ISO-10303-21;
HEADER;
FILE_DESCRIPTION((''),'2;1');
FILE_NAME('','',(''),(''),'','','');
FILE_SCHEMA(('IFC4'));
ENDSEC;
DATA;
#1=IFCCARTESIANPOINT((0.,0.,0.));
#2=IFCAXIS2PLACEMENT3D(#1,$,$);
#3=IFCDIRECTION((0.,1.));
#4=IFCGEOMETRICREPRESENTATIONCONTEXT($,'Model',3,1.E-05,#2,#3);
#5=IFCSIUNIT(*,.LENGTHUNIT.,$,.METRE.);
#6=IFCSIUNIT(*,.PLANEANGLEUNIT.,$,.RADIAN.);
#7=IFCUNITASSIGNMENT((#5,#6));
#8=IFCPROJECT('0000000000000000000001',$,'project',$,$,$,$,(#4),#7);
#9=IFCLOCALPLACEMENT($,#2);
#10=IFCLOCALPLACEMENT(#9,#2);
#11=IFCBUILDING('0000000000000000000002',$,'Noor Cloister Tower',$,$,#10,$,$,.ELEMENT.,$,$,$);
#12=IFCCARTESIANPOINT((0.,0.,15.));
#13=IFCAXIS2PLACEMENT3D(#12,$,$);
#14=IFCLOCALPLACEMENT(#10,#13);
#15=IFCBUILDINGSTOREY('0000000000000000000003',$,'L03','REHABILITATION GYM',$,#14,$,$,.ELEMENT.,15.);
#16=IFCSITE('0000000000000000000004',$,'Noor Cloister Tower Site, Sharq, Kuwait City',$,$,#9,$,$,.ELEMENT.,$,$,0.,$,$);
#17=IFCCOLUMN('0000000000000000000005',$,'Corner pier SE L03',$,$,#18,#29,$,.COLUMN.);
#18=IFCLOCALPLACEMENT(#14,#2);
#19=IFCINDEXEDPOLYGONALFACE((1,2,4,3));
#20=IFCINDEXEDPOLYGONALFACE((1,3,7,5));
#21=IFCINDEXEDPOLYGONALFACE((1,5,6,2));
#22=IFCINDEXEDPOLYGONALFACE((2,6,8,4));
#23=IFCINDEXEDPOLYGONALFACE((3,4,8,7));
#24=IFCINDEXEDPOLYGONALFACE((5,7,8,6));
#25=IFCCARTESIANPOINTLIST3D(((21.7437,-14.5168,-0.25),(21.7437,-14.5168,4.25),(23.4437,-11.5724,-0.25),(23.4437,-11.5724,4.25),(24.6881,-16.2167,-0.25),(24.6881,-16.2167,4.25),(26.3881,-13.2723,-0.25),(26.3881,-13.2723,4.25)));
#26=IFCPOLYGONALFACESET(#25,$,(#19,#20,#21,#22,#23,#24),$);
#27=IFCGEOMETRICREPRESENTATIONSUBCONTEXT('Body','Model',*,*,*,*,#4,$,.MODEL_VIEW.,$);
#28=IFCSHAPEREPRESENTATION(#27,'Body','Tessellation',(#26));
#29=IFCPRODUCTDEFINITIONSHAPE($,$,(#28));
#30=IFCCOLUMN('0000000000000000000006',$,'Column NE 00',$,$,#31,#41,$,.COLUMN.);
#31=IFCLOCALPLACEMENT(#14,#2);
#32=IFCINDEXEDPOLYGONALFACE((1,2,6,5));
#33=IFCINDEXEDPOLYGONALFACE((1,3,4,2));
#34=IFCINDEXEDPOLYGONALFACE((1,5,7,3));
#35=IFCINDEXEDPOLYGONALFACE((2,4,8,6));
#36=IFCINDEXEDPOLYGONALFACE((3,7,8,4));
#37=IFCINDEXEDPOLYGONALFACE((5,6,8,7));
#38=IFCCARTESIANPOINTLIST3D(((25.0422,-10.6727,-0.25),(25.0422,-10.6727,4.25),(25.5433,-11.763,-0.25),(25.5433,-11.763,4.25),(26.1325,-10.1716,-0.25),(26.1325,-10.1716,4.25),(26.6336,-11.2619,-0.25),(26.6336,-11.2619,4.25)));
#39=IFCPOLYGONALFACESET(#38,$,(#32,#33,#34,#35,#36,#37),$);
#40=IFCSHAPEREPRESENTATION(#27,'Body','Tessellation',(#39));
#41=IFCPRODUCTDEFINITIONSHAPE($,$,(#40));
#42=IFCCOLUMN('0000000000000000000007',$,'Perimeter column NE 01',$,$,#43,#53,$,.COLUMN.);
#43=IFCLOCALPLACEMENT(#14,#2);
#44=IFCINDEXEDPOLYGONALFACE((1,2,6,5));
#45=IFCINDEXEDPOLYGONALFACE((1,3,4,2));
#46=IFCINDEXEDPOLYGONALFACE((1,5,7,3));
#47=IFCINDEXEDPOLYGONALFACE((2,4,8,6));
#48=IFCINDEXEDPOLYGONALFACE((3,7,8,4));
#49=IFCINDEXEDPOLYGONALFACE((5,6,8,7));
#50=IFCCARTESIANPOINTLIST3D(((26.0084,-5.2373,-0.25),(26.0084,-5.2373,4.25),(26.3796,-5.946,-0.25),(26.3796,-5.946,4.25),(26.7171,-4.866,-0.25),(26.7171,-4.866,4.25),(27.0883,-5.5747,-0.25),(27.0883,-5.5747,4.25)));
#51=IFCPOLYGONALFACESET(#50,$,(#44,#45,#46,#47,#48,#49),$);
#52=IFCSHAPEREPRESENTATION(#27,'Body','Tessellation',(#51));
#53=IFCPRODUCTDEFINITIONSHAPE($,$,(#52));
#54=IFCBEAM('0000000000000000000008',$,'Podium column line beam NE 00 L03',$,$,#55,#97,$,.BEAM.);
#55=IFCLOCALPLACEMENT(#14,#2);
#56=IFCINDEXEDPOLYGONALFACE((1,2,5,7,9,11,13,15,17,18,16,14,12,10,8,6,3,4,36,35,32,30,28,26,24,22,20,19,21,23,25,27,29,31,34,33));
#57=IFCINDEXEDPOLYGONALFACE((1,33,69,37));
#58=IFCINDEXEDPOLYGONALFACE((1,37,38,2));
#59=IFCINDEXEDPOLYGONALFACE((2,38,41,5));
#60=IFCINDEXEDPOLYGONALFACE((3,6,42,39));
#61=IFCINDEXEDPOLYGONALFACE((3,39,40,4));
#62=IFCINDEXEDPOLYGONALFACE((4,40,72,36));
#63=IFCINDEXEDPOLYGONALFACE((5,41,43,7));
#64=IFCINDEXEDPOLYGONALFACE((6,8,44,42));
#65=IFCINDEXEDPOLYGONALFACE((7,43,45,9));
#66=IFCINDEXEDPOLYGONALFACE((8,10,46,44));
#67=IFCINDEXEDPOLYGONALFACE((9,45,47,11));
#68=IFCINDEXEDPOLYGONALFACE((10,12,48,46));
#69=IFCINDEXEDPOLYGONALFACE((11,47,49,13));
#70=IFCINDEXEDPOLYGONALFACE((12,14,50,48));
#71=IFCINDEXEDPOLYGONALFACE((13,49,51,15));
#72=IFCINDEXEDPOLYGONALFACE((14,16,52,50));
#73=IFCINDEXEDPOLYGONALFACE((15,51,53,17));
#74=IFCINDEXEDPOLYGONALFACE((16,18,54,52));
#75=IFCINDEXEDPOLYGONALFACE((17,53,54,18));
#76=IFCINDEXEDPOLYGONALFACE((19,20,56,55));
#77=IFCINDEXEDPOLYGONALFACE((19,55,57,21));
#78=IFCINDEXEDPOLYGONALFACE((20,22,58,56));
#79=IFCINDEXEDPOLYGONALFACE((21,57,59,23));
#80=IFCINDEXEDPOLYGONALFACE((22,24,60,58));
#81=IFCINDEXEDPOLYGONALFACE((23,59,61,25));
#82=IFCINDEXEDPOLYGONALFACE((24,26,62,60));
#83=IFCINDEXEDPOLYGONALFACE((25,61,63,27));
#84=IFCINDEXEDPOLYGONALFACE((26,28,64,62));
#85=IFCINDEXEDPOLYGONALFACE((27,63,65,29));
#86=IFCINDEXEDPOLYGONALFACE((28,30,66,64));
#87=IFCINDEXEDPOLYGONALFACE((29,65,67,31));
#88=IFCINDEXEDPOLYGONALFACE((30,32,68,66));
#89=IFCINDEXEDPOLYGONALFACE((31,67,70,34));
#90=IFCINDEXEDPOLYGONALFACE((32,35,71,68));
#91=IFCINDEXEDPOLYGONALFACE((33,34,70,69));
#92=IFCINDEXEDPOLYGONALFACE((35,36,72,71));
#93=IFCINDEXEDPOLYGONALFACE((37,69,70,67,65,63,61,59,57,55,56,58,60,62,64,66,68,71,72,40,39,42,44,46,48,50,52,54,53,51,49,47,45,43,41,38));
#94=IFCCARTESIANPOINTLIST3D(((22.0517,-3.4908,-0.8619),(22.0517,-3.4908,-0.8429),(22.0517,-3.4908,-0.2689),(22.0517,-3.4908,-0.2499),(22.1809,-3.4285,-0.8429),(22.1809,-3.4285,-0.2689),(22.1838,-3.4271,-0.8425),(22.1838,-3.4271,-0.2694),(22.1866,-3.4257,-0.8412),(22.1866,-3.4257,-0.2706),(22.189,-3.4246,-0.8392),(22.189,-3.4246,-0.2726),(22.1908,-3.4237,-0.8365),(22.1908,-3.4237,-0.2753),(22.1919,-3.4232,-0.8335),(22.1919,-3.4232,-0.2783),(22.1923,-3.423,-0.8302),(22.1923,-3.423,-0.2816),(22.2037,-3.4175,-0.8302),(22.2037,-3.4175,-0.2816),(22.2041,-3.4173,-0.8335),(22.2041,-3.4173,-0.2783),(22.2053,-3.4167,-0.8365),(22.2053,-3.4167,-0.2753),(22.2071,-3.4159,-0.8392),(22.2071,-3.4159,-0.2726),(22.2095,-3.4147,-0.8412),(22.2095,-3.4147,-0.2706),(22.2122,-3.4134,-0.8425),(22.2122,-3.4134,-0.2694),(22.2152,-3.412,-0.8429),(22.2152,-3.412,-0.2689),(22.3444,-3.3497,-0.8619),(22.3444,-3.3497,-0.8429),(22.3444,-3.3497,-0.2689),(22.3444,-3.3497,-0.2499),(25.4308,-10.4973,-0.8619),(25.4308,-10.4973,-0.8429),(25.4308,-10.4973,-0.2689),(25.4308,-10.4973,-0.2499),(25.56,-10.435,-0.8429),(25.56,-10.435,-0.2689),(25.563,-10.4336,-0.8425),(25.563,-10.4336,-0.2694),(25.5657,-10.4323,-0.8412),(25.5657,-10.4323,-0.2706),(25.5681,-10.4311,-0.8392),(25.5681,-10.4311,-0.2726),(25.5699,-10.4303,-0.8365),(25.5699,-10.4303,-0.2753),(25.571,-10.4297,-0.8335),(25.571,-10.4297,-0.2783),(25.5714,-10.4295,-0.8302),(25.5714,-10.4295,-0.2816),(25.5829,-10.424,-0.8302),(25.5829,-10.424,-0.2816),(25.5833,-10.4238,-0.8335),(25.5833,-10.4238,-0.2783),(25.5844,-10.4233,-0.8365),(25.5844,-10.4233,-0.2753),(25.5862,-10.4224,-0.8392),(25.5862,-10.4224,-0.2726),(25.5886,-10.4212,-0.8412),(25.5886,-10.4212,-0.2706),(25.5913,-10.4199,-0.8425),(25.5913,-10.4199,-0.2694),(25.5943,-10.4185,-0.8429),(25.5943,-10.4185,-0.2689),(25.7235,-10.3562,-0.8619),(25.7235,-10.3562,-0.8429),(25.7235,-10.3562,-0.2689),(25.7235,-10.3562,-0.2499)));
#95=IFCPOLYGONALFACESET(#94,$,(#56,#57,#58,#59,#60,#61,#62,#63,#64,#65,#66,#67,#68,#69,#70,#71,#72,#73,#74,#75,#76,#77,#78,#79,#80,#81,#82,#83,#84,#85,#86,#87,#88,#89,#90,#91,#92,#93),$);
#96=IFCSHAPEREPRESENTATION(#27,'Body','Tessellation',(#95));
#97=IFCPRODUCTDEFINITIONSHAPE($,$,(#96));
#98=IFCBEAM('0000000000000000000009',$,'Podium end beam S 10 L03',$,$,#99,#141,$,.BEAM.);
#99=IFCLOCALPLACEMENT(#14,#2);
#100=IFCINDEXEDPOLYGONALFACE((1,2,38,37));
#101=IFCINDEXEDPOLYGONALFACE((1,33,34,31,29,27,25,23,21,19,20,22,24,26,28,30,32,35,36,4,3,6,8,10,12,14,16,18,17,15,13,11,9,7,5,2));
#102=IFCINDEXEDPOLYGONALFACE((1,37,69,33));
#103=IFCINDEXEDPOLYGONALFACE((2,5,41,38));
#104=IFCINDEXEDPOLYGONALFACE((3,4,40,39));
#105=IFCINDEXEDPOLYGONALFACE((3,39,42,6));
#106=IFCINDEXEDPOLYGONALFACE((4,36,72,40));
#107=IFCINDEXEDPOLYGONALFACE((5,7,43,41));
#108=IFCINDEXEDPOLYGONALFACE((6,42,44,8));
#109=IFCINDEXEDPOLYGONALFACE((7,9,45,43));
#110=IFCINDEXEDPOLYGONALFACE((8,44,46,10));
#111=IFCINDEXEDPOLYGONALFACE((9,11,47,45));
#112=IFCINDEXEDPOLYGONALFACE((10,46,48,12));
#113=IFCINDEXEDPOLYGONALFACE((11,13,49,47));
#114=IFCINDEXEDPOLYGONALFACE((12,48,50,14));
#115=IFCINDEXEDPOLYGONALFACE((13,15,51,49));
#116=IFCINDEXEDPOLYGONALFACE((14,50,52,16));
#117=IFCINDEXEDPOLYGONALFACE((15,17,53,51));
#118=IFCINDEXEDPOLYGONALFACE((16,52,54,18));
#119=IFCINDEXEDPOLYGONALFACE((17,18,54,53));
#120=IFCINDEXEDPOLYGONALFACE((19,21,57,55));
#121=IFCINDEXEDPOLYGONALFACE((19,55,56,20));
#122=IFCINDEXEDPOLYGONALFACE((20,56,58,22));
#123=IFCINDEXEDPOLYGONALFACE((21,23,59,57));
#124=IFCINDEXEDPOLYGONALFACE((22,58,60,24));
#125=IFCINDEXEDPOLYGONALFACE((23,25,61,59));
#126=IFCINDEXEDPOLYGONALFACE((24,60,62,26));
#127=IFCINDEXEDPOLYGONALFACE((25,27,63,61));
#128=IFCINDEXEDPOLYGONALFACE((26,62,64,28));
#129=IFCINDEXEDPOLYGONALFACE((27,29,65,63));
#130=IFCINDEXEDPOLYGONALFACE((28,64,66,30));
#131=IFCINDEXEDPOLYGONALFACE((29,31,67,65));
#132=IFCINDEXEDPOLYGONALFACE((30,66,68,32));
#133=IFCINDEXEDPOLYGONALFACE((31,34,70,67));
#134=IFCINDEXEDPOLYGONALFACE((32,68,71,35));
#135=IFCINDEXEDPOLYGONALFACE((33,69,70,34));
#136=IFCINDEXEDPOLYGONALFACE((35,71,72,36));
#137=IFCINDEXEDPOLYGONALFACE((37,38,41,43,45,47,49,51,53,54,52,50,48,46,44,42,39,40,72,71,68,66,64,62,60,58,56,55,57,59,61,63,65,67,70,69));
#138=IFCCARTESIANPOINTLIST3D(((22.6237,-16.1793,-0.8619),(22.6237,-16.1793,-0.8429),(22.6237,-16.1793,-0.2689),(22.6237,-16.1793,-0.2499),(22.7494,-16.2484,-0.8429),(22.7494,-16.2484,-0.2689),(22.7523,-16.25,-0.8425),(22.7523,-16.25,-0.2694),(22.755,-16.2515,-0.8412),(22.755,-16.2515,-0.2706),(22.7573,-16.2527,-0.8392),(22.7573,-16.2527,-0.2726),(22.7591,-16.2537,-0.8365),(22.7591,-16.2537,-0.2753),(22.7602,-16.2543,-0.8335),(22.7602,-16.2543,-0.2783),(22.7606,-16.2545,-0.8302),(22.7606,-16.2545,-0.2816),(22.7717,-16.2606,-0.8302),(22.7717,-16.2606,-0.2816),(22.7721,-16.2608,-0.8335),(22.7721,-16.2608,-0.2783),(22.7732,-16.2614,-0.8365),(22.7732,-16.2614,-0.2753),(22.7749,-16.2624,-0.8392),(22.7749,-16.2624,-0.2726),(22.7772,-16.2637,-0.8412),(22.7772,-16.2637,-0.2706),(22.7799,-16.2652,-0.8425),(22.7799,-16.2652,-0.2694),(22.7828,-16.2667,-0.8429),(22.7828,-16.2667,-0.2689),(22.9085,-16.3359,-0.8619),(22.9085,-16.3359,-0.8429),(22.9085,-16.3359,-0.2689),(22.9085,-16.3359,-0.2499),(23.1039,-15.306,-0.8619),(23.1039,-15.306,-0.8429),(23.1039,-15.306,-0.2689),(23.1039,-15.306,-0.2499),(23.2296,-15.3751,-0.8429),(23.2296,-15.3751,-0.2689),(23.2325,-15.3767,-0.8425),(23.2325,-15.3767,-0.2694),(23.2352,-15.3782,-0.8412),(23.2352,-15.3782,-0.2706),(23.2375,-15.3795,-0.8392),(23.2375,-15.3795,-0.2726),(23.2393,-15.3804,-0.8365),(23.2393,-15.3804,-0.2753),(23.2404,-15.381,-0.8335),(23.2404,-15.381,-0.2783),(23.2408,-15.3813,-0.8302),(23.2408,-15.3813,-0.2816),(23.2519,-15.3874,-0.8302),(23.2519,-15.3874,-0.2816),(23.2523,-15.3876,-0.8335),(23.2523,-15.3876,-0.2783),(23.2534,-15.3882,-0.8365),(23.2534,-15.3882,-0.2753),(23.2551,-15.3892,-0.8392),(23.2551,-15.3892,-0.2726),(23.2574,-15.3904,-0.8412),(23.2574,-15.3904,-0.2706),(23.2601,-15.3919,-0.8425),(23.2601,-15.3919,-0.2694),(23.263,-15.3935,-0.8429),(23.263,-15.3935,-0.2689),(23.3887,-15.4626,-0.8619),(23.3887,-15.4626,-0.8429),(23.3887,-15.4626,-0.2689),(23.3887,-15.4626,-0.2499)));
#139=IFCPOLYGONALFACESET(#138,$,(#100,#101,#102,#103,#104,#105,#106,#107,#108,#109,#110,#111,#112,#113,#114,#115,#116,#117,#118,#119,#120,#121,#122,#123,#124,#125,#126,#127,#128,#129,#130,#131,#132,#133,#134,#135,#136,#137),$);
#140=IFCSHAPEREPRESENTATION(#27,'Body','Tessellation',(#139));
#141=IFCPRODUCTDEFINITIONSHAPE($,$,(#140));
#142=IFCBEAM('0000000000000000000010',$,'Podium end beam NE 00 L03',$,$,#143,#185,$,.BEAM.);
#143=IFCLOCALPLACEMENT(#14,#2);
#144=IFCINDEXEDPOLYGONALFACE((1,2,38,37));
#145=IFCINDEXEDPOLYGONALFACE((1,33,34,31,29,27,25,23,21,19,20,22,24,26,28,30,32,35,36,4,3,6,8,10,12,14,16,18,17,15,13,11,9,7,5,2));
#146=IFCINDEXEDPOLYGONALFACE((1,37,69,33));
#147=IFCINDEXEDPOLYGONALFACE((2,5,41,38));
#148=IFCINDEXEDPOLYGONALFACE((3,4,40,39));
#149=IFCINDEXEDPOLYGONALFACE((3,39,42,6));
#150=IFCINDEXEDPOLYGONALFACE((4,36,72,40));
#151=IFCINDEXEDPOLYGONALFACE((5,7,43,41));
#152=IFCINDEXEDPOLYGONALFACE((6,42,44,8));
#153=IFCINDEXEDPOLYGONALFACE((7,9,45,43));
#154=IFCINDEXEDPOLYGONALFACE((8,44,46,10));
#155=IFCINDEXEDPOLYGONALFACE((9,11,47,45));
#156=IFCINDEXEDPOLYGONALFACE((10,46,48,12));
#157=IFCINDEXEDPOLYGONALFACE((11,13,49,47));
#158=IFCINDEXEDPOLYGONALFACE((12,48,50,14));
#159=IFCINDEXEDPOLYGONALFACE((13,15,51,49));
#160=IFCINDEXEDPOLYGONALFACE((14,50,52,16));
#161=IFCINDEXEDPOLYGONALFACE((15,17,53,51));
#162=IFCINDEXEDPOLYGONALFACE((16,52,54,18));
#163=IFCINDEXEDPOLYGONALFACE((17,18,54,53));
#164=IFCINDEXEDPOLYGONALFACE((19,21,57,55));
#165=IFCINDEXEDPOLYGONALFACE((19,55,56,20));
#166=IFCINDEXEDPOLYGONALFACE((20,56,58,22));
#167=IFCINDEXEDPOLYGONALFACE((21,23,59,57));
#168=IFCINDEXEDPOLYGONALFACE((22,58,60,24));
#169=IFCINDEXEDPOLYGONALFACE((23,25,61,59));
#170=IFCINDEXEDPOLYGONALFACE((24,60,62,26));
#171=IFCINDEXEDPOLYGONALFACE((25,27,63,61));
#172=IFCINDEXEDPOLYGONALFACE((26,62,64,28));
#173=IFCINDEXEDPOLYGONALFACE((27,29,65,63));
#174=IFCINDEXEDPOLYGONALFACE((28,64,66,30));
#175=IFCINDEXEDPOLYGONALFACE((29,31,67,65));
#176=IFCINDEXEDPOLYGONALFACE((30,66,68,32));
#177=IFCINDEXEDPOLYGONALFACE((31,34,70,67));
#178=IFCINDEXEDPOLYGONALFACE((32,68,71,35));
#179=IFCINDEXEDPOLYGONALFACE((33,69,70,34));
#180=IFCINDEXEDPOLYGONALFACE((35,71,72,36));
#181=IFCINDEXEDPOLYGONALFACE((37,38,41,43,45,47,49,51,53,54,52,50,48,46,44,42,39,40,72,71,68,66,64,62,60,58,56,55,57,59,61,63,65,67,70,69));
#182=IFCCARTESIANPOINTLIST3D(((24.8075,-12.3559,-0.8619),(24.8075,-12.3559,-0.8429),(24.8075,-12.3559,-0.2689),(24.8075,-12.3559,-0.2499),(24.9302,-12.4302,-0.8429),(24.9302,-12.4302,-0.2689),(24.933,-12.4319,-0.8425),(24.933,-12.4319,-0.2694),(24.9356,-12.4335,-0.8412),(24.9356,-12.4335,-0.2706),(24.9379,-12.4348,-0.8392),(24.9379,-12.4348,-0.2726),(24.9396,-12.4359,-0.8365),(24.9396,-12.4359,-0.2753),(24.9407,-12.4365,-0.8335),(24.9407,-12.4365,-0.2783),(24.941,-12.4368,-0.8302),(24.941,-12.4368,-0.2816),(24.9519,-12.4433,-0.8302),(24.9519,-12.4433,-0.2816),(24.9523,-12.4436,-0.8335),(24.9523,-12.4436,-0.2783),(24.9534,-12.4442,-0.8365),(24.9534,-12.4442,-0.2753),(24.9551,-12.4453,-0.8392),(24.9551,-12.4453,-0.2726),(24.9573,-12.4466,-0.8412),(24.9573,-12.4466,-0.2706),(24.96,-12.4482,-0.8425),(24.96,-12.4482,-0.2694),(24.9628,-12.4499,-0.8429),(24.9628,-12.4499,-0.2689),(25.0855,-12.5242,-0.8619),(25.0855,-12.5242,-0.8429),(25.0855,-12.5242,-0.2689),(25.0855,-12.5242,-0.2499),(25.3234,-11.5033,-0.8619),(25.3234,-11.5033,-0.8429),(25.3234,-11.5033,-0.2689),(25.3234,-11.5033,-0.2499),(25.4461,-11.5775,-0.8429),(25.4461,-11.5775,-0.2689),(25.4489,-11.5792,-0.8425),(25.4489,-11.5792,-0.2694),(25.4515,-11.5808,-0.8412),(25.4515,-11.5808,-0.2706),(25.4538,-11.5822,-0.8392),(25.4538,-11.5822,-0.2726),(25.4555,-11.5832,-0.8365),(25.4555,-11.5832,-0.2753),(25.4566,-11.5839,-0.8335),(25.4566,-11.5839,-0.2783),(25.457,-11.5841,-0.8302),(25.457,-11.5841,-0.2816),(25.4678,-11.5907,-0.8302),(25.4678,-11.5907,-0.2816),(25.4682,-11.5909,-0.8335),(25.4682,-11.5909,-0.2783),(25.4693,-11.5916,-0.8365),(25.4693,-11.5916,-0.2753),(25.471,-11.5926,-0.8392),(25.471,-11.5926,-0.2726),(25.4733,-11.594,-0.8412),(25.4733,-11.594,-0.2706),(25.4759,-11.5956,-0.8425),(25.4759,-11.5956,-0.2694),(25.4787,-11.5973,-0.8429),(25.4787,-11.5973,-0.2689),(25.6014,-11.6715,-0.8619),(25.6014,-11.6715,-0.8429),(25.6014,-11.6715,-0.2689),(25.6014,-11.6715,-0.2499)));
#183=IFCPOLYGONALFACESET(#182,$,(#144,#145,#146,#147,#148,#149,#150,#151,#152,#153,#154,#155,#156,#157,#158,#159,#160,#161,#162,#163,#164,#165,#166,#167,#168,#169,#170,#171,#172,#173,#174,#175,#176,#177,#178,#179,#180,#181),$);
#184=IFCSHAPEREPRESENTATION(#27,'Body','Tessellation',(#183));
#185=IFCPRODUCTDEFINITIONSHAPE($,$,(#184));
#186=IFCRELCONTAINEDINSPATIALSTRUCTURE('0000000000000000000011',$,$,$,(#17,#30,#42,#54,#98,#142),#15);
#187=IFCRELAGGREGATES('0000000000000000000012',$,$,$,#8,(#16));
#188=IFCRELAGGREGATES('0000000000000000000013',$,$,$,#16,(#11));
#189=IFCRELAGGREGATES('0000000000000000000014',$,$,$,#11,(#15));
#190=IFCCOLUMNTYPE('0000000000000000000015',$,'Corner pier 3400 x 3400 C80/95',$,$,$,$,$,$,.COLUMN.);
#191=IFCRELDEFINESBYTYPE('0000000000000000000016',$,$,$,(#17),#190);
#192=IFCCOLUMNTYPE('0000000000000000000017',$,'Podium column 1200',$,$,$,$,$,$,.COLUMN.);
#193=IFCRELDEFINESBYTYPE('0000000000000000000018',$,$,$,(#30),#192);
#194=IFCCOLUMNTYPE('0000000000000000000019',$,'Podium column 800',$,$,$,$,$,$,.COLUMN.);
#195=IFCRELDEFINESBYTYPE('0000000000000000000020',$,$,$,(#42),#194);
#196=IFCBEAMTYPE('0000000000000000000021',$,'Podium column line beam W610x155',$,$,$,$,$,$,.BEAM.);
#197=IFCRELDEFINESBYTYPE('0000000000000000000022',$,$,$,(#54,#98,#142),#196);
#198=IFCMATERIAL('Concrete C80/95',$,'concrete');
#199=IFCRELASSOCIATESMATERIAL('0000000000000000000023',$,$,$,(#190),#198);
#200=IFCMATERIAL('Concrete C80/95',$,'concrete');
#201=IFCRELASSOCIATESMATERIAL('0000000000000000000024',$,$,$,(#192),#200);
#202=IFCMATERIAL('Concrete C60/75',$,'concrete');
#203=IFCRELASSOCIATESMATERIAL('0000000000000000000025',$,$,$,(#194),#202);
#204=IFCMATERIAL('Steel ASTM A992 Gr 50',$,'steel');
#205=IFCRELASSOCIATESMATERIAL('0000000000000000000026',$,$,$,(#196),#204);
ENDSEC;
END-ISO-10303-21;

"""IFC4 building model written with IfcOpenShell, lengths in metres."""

from ifc_helpers import new_model, si_unit, direction, frame, origin, origin_2d, place, context, subcontext, project, spatial, rectangle, i_section, extrude, material, material_profile, profile_set, type_object, element, save


model = new_model("IFC4")

# Units and contexts
model_context = context("Model", 3, precision=1e-05, world=origin(), true_north=direction((0.0, 1.0)))
body_context = subcontext(model_context, "Body", "Model", "MODEL_VIEW")
ifc_project = project(units=[si_unit("LENGTHUNIT", "METRE"), si_unit("PLANEANGLEUNIT", "RADIAN")], contexts=[model_context])

# Site, building, storey
site_placement = place(None, origin())
site = spatial("IfcSite", under=ifc_project, at=site_placement, Name="Noor Cloister Tower Site, Sharq, Kuwait City", CompositionType="ELEMENT", RefElevation=0.0)
building_placement = place(site_placement, origin())
building = spatial("IfcBuilding", under=site, at=building_placement, Name="Noor Cloister Tower", CompositionType="ELEMENT")
storey_placement = place(building_placement, frame((0.0, 0.0, 15.0)))
storey = spatial("IfcBuildingStorey", under=building, at=storey_placement, Name="L03", Description="REHABILITATION GYM", CompositionType="ELEMENT", Elevation=15.0)

# Columns
ifc_material_1 = material(Name="Concrete C80/95", Category="concrete")
ifc_material_profile_1 = material_profile(ifc_material_1, rectangle(XDim=3.3999, YDim=3.3999, at=origin_2d()), Name="RC 3400x3400")
ifc_profile_set_1 = profile_set([ifc_material_profile_1], Name="Concrete C80/95")
column_type_1 = type_object("IfcColumnType", Name="Corner pier 3400 x 3400 C80/95", PredefinedType="COLUMN", material=ifc_profile_set_1)
column_1_placement = place(storey_placement, frame((24.0659, -13.8945, -0.25), z_axis=(0.0, 0.0, 1.0), x_axis=(0.866025, -0.5, 0.0)))
element("IfcColumn", 1, at=column_1_placement, inside=storey, type_object=column_type_1, Name="Corner pier SE L03", PredefinedType="COLUMN", context=body_context, shape_type="SweptSolid", body=[
    extrude(rectangle(XDim=3.3999, YDim=3.3999, at=origin_2d()), origin(), (0.0, 0.0, 1.0), 4.5),
])
ifc_material_2 = material(Name="Concrete C80/95", Category="concrete")
ifc_material_profile_2 = material_profile(ifc_material_2, rectangle(XDim=1.2, YDim=1.2, at=origin_2d()), Name="Podium column 1200")
ifc_profile_set_2 = profile_set([ifc_material_profile_2], Name="Concrete C80/95")
column_type_2 = type_object("IfcColumnType", Name="Podium column 1200", PredefinedType="COLUMN", material=ifc_profile_set_2)
column_2_placement = place(storey_placement, frame((25.8379, -10.9673, -0.25), z_axis=(0.0, 0.0, 1.0), x_axis=(0.90862, 0.417624, 0.0)))
element("IfcColumn", 2, at=column_2_placement, inside=storey, type_object=column_type_2, Name="Column NE 00", PredefinedType="COLUMN", context=body_context, shape_type="SweptSolid", body=[
    extrude(rectangle(XDim=1.2, YDim=1.2, at=origin_2d()), origin(), (0.0, 0.0, 1.0), 4.5),
])
ifc_material_3 = material(Name="Concrete C60/75", Category="concrete")
ifc_material_profile_3 = material_profile(ifc_material_3, rectangle(XDim=0.8, YDim=0.8, at=origin_2d()), Name="Podium column 800")
ifc_profile_set_3 = profile_set([ifc_material_profile_3], Name="Concrete C60/75")
column_type_3 = type_object("IfcColumnType", Name="Podium column 800", PredefinedType="COLUMN", material=ifc_profile_set_3)
column_3_placement = place(storey_placement, frame((26.5483, -5.406, -0.25), z_axis=(0.0, 0.0, 1.0), x_axis=(0.885828, 0.464014, 0.0)))
element("IfcColumn", 3, at=column_3_placement, inside=storey, type_object=column_type_3, Name="Perimeter column NE 01", PredefinedType="COLUMN", context=body_context, shape_type="SweptSolid", body=[
    extrude(rectangle(XDim=0.8, YDim=0.8, at=origin_2d()), origin(), (0.0, 0.0, 1.0), 4.5),
])

# Beams
ifc_material_4 = material(Name="Steel ASTM A992 Gr 50", Category="steel")
ifc_material_profile_4 = material_profile(ifc_material_4, i_section(OverallWidth=0.325, OverallDepth=0.6121, WebThickness=0.0127, FlangeThickness=0.019, FilletRadius=0.0127, at=origin_2d()), Name="W610x155")
ifc_profile_set_4 = profile_set([ifc_material_profile_4], Name="Steel ASTM A992 Gr 50")
beam_type_1 = type_object("IfcBeamType", Name="Podium column line beam W610x155", PredefinedType="BEAM", material=ifc_profile_set_4)
beam_1_placement = place(storey_placement, frame((25.5771, -10.4268, -0.5559), z_axis=(-0.434401, 0.90072, 0.0), x_axis=(-0.90072, -0.434401, 0.0)))
element("IfcBeam", 4, at=beam_1_placement, inside=storey, type_object=beam_type_1, Name="Podium column line beam NE 00 L03", PredefinedType="BEAM", context=body_context, shape_type="SweptSolid", body=[
    extrude(i_section(OverallWidth=0.325, OverallDepth=0.6121, WebThickness=0.0127, FlangeThickness=0.019, FilletRadius=0.0127, at=origin_2d()), origin(), (0.0, 0.0, 1.0), 7.7788),
])
for number, where, z_axis, x_axis, name in (
    (5, (22.7661, -16.2576, -0.5559), (0.481853, 0.876252, 0.0), (-0.876252, 0.481853, 0.0), "Podium end beam S 10 L03"),
    (6, (25.4624, -11.5874, -0.5559), (-0.517699, -0.855563, 0.0), (0.855563, -0.517699, 0.0), "Podium end beam NE 00 L03"),
):
    element("IfcBeam", number, at=place(storey_placement, frame(where, z_axis=z_axis, x_axis=x_axis)), inside=storey, type_object=beam_type_1, Name=name, PredefinedType="BEAM", context=body_context, shape_type="SweptSolid", body=[
        extrude(i_section(OverallWidth=0.325, OverallDepth=0.6121, WebThickness=0.0127, FlangeThickness=0.019, FilletRadius=0.0127, at=origin_2d()), origin(), (0.0, 0.0, 1.0), 0.9966),
    ])

save(model, "model.ifc")
